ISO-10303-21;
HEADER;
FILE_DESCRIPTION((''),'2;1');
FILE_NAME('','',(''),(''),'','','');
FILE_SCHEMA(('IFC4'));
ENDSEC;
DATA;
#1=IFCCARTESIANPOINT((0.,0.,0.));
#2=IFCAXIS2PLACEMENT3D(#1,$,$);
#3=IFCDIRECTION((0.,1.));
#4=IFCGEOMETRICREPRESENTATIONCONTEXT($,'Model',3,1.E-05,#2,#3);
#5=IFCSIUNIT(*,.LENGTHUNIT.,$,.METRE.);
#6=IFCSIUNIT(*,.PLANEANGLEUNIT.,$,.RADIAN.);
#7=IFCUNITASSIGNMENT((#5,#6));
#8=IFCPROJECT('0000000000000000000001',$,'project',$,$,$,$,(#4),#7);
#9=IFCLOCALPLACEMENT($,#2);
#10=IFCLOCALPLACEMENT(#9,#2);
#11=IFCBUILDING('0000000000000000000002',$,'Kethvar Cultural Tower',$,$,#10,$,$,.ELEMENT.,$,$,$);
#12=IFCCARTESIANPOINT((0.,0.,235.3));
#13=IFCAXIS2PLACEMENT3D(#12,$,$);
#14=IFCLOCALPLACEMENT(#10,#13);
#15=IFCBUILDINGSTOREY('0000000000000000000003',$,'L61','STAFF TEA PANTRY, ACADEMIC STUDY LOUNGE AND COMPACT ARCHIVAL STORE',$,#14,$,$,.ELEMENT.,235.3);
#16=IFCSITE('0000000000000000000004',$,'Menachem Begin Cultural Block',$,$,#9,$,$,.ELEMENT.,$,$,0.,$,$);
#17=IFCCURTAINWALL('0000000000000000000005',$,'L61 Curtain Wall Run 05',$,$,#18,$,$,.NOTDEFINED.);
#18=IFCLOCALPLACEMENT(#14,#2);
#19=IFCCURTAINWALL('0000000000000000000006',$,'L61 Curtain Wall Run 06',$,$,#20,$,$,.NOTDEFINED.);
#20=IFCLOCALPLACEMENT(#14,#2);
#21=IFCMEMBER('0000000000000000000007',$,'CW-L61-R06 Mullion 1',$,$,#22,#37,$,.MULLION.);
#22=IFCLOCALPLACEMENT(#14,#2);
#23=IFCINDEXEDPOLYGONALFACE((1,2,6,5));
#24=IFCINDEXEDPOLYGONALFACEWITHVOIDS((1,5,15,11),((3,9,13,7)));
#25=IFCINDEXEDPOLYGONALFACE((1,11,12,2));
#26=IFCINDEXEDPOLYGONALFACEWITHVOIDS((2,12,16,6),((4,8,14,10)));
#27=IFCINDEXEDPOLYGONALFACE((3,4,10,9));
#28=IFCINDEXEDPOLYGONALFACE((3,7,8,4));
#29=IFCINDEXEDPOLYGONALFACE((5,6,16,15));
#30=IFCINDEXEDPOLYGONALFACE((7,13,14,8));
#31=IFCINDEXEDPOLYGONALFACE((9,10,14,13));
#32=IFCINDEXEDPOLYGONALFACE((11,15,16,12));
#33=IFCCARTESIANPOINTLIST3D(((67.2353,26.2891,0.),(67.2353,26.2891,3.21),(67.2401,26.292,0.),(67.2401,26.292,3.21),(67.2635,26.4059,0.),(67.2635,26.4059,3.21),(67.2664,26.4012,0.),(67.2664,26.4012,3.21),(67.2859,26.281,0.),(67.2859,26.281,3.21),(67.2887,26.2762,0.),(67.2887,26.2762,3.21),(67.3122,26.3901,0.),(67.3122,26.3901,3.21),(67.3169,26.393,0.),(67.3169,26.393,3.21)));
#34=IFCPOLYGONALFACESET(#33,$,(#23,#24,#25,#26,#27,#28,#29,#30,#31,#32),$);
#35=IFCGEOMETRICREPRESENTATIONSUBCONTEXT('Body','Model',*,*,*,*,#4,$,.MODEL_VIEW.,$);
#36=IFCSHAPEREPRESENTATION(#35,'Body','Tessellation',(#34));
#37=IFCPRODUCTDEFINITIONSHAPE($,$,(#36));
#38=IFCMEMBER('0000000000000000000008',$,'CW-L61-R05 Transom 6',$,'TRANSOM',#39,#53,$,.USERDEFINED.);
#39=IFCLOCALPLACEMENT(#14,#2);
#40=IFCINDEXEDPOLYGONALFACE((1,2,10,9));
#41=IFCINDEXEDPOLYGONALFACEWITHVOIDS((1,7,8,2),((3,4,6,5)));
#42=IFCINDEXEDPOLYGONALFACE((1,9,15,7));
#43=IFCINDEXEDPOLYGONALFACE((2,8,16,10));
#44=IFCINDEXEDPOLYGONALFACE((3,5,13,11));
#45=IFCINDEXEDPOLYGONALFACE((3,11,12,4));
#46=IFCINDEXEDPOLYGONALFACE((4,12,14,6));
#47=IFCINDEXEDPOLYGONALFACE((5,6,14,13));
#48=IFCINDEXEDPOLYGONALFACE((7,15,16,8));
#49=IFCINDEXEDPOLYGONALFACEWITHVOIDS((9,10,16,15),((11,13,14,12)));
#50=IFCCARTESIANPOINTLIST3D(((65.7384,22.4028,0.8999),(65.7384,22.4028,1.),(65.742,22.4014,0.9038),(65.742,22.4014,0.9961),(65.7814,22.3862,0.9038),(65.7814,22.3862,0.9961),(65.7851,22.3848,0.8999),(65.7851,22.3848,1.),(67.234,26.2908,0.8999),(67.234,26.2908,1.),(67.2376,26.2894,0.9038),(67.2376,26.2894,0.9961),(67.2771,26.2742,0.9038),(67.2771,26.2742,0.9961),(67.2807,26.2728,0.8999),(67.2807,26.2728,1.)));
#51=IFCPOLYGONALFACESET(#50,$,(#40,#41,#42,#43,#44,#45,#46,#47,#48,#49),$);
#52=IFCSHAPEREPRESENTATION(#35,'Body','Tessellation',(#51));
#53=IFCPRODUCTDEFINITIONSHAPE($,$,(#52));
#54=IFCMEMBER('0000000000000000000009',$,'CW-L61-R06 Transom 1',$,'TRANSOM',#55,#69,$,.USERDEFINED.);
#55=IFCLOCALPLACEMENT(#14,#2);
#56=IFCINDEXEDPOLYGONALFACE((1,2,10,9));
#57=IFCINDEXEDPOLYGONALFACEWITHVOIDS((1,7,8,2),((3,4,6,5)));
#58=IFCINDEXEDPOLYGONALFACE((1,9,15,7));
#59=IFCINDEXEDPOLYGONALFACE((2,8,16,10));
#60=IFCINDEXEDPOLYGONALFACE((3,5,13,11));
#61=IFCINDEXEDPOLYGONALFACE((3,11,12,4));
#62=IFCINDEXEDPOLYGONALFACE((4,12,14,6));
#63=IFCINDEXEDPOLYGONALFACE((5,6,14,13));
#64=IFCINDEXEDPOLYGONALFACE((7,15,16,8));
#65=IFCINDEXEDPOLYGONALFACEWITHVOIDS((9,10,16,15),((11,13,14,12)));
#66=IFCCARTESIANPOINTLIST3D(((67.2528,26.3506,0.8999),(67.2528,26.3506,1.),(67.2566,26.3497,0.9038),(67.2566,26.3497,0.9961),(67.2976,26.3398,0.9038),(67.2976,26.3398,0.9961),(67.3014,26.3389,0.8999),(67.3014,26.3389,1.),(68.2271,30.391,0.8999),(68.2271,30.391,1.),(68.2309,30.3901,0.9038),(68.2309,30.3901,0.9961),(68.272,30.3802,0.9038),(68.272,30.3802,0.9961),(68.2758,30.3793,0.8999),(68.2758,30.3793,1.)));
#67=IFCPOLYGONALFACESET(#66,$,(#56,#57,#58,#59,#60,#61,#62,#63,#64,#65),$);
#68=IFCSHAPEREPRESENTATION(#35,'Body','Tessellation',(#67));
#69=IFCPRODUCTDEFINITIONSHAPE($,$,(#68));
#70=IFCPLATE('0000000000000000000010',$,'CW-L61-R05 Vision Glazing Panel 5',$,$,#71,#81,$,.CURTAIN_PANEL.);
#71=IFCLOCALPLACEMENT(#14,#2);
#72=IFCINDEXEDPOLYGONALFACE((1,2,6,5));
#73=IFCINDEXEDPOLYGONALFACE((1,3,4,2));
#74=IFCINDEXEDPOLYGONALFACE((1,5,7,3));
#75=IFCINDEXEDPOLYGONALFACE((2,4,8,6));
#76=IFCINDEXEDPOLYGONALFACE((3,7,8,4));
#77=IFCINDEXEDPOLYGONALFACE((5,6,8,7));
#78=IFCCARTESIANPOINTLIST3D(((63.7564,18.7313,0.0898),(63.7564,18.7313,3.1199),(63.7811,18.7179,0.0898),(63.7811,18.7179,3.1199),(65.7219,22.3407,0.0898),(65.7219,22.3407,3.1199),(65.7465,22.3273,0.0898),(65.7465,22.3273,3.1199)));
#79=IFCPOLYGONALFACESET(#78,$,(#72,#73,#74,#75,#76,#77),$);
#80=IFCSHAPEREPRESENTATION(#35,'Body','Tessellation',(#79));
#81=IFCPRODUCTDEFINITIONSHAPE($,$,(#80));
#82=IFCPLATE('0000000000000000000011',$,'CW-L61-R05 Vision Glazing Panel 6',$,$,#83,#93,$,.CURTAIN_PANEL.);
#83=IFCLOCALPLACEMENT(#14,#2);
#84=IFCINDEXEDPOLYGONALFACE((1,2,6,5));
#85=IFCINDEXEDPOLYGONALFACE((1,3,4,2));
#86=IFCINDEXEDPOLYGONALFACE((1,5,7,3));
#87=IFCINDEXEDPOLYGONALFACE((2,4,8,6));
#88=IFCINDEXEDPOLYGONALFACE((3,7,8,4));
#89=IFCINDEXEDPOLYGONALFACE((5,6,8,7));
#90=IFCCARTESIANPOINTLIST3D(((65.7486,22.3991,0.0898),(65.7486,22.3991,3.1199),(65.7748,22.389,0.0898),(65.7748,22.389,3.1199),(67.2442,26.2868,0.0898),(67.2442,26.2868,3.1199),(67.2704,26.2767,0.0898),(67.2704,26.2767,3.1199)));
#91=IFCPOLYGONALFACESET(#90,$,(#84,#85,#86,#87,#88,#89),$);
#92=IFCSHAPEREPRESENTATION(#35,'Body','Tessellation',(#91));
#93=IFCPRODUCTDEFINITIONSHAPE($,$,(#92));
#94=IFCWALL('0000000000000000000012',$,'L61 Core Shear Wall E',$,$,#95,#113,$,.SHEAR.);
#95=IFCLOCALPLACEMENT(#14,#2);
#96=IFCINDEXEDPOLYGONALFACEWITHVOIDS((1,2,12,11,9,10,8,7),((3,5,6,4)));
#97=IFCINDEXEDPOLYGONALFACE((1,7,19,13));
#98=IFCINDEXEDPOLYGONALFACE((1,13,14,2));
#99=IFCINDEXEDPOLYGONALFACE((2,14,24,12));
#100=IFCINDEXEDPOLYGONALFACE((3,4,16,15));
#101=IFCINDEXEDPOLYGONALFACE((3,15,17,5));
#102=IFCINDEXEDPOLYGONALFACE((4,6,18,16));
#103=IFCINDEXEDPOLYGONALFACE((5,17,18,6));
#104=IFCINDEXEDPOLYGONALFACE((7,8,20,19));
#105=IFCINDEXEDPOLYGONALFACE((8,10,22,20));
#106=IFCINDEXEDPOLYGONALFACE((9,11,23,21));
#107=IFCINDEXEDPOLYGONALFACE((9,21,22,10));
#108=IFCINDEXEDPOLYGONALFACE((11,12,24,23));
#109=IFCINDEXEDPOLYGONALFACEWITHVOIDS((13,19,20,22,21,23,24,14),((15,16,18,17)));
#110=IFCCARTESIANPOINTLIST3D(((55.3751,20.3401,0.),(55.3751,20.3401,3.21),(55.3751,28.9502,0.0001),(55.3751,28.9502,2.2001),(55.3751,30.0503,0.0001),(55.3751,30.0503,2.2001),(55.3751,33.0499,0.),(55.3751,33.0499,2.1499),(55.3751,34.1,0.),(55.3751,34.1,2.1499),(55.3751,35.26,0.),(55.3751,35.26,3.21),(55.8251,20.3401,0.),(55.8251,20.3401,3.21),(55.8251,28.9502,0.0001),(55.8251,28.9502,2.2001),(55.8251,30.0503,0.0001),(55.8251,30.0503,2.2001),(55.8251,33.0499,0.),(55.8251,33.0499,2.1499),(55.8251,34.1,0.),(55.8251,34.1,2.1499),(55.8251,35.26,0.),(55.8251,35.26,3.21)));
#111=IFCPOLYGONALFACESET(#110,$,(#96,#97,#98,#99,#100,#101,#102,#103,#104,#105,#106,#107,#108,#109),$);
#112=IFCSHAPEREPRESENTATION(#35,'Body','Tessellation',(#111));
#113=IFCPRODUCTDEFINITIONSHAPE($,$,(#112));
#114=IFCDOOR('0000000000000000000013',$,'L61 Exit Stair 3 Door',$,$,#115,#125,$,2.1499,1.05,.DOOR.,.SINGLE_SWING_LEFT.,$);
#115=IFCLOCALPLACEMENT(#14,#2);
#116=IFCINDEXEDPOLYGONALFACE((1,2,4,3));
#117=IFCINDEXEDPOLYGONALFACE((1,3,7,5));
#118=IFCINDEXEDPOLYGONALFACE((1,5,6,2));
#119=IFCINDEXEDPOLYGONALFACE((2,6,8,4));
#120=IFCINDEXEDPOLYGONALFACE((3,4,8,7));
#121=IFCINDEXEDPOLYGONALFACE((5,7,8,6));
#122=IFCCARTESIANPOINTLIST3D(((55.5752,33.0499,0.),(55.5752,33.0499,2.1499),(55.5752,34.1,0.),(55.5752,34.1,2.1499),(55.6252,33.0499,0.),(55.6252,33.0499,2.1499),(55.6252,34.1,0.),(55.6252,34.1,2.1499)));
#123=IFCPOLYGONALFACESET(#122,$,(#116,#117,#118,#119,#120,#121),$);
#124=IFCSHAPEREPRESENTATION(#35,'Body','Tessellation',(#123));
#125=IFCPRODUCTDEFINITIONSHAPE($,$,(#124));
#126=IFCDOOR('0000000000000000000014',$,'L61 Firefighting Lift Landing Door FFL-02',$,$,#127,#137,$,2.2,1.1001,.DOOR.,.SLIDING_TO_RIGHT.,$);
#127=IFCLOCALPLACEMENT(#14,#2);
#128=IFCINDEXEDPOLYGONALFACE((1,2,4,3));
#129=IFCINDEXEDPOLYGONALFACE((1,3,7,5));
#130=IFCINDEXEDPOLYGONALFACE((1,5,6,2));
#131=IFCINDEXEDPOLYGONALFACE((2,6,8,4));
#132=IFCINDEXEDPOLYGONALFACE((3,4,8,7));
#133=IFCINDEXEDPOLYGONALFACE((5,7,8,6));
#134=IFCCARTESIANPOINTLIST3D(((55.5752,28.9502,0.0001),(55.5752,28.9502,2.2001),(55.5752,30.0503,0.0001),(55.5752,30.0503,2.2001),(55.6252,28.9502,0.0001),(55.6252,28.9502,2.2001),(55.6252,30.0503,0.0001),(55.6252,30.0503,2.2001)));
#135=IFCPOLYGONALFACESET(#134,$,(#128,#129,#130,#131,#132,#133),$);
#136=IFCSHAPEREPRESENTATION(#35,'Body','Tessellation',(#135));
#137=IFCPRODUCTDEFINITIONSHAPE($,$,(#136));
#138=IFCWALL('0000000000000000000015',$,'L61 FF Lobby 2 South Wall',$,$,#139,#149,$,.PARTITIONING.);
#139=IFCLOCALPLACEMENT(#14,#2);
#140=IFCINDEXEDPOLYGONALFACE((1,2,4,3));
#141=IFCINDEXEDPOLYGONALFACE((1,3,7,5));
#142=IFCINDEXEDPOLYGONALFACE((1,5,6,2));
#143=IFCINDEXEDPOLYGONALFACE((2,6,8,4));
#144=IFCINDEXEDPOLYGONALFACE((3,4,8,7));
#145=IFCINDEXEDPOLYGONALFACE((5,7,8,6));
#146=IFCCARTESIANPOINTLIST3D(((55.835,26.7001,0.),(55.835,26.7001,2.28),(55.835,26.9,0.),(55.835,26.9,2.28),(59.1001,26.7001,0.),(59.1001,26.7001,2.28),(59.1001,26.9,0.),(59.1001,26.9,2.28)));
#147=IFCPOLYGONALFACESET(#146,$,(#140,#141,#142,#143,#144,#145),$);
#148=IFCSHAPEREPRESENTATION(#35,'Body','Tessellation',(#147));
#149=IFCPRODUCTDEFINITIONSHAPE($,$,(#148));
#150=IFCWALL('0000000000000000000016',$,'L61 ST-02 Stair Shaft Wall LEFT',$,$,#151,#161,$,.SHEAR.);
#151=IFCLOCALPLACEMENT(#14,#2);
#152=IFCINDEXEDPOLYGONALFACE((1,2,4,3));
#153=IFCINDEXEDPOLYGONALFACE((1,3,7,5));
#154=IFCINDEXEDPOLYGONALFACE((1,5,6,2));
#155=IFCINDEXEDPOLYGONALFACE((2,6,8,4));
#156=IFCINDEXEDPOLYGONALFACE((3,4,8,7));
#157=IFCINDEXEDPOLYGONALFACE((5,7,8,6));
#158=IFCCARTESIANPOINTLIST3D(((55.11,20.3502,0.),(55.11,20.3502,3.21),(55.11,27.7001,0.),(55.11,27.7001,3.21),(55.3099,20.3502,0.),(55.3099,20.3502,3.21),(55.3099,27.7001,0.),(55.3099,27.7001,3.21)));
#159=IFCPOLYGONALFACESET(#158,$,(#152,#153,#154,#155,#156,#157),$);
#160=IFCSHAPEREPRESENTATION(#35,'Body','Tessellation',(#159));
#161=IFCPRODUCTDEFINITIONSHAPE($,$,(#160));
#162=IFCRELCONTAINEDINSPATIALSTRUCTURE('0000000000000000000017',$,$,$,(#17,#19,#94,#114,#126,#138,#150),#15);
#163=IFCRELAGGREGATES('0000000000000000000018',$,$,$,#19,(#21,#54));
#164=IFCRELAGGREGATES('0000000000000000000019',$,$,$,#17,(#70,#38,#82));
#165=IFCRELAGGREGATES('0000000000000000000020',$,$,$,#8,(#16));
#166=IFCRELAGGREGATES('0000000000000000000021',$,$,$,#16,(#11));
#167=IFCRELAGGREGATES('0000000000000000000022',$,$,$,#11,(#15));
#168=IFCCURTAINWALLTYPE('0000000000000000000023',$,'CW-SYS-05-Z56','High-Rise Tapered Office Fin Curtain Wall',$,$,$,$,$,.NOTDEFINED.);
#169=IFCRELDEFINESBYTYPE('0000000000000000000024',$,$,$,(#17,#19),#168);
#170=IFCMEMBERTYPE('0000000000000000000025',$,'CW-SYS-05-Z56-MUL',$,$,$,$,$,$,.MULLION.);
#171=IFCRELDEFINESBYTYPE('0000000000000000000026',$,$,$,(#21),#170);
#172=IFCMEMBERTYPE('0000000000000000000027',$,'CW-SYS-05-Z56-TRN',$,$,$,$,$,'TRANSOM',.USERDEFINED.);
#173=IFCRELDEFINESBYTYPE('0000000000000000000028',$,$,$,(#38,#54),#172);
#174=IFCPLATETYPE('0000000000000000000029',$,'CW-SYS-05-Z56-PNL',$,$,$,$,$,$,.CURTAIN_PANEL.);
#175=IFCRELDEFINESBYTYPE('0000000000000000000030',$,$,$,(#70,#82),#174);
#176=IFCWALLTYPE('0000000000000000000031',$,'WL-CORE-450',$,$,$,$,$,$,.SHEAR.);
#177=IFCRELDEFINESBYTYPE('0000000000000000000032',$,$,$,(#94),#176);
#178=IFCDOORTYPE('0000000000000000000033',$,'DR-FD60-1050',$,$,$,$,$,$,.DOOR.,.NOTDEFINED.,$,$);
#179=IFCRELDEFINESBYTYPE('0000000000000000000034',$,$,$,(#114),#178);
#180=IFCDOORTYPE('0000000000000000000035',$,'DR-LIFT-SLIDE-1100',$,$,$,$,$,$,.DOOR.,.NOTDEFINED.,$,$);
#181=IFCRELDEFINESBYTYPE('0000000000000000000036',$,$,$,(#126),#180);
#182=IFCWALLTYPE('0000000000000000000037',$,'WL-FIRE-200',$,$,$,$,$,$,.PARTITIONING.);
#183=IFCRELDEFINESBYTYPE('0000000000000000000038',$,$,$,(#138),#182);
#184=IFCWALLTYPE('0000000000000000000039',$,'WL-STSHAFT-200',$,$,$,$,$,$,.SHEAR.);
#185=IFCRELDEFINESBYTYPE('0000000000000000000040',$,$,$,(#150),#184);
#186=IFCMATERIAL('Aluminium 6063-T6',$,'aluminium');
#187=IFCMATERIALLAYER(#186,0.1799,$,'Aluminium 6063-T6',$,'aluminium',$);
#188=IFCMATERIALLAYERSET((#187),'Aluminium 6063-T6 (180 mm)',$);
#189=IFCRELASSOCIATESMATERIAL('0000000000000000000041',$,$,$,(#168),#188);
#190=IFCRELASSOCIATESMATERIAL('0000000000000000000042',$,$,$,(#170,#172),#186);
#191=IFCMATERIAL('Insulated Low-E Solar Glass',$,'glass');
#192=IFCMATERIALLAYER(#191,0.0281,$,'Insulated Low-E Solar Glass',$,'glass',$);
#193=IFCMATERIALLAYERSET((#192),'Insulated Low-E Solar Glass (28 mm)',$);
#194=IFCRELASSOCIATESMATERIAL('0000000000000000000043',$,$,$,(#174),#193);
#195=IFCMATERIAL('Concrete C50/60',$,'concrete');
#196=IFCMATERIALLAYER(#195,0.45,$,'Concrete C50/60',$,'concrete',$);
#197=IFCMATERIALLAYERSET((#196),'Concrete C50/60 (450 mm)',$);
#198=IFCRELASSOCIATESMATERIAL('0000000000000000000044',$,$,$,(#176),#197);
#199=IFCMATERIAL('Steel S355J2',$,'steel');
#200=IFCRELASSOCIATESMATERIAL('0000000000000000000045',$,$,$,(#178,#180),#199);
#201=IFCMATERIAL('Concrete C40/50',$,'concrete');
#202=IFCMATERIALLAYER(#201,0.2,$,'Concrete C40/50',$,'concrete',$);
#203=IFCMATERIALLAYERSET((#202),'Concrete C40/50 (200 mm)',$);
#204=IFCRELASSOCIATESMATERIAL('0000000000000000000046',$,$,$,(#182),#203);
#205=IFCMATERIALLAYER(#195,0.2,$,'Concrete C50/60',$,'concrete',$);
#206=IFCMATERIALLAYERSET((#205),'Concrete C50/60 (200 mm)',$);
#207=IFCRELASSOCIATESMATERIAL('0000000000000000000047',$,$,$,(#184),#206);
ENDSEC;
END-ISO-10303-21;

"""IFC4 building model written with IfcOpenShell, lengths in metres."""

from ifc_helpers import new_model, si_unit, direction, frame, frame_2d, origin, origin_2d, place, context, subcontext, project, spatial, rectangle, hollow_rectangle, extrude, source, transform, mapped, material, layer, layer_set, material_profile, profile_set, type_object, element, fill, aggregate, save


model = new_model("IFC4")

# Units and contexts
model_context = context("Model", 3, precision=1e-05, world=origin(), true_north=direction((0.0, 1.0)))
body_context = subcontext(model_context, "Body", "Model", "MODEL_VIEW")
ifc_project = project(units=[si_unit("LENGTHUNIT", "METRE"), si_unit("PLANEANGLEUNIT", "RADIAN")], contexts=[model_context])

# Site, building, storey
site_placement = place(None, origin())
site = spatial("IfcSite", under=ifc_project, at=site_placement, Name="Menachem Begin Cultural Block", CompositionType="ELEMENT", RefElevation=0.0)
building_placement = place(site_placement, origin())
building = spatial("IfcBuilding", under=site, at=building_placement, Name="Kethvar Cultural Tower", CompositionType="ELEMENT")
storey_placement = place(building_placement, frame((0.0, 0.0, 235.3)))
storey = spatial("IfcBuildingStorey", under=building, at=storey_placement, Name="L61", Description="STAFF TEA PANTRY, ACADEMIC STUDY LOUNGE AND COMPACT ARCHIVAL STORE", CompositionType="ELEMENT", Elevation=235.3)

# Shared definitions
ifc_material_1 = material(Name="Steel S355J2", Category="steel")

# Curtain wall
ifc_material_2 = material(Name="Aluminium 6063-T6", Category="aluminium")
ifc_layer_1 = layer(ifc_material_2, 0.1799, Name="Aluminium 6063-T6", Category="aluminium")
ifc_layer_set_1 = layer_set([ifc_layer_1], Name="Aluminium 6063-T6 (180 mm)")
curtain_wall_type = type_object("IfcCurtainWallType", Name="CW-SYS-05-Z56", Description="High-Rise Tapered Office Fin Curtain Wall", PredefinedType="NOTDEFINED", material=ifc_layer_set_1)
curtain_wall_1_placement = place(storey_placement, origin())
curtain_wall_1 = element("IfcCurtainWall", 1, at=curtain_wall_1_placement, inside=storey, type_object=curtain_wall_type, Name="L61 Curtain Wall Run 05", PredefinedType="NOTDEFINED")
ifc_material_profile_1 = material_profile(ifc_material_2, hollow_rectangle(XDim=0.0549, YDim=0.1201, WallThickness=0.0039, at=origin_2d()), Name="Aluminium 6063-T6 — RHS120x55x4")
ifc_profile_set_1 = profile_set([ifc_material_profile_1], Name="Aluminium 6063-T6 — RHS120x55x4")
member_type_1 = type_object("IfcMemberType", Name="CW-SYS-05-Z56-MUL", PredefinedType="MULLION", material=ifc_profile_set_1)
shared_shape_1 = source(origin(), body_context, "Body", "SweptSolid", [
    extrude(hollow_rectangle(XDim=0.0549, YDim=0.1201, WallThickness=0.0039, at=origin_2d()), origin(), (0.0, 0.0, 1.0), 3.21),
])

# Curtain wall, member
curtain_wall_2_placement = place(storey_placement, origin())
curtain_wall_2 = element("IfcCurtainWall", 2, at=curtain_wall_2_placement, inside=storey, type_object=curtain_wall_type, Name="L61 Curtain Wall Run 06", PredefinedType="NOTDEFINED")
member_1_placement = place(storey_placement, frame((67.2761, 26.3411, 0.0), z_axis=(0.0, 0.0, 1.0), x_axis=(-0.972129, 0.234447, 0.0)))
member_1 = element("IfcMember", 3, at=member_1_placement, type_object=member_type_1, Name="CW-L61-R06 Mullion 1", PredefinedType="MULLION", context=body_context, shape_type="MappedRepresentation", body=[
    mapped(shared_shape_1, transform((0.0, 0.0, 0.0), scale=1.0)),
])

# Members
ifc_material_profile_2 = material_profile(ifc_material_2, hollow_rectangle(XDim=0.05, YDim=0.1001, WallThickness=0.0039, at=origin_2d()), Name="Aluminium 6063-T6 — RHS100x50x4")
ifc_profile_set_2 = profile_set([ifc_material_profile_2], Name="Aluminium 6063-T6 — RHS100x50x4")
member_type_2 = type_object("IfcMemberType", Name="CW-SYS-05-Z56-TRN", ElementType="TRANSOM", PredefinedType="USERDEFINED", material=ifc_profile_set_2)
shared_shape_2 = source(origin(), body_context, "Body", "SweptSolid", [
    extrude(hollow_rectangle(XDim=0.05, YDim=0.1001, WallThickness=0.0039, at=origin_2d()), origin(), (0.0, 0.0, 1.0), 4.1658),
])
member_2_placement = place(storey_placement, frame((65.7617, 22.3938, 0.95), z_axis=(0.35903, 0.933326, 0.0), x_axis=(-0.933326, 0.35903, 0.0)))
member_2 = element("IfcMember", 4, at=member_2_placement, type_object=member_type_2, Name="CW-L61-R05 Transom 6", ObjectType="TRANSOM", PredefinedType="USERDEFINED", context=body_context, shape_type="MappedRepresentation", body=[
    mapped(shared_shape_2, transform((0.0, 0.0, 0.0), scale=1.0)),
])
shared_shape_3 = source(origin(), body_context, "Body", "SweptSolid", [
    extrude(hollow_rectangle(XDim=0.05, YDim=0.1001, WallThickness=0.0039, at=origin_2d()), origin(), (0.0, 0.0, 1.0), 4.1562),
])
member_3_placement = place(storey_placement, frame((67.2771, 26.3447, 0.95), z_axis=(0.234428, 0.972133, 0.0), x_axis=(-0.972133, 0.234428, 0.0)))
member_3 = element("IfcMember", 5, at=member_3_placement, type_object=member_type_2, Name="CW-L61-R06 Transom 1", ObjectType="TRANSOM", PredefinedType="USERDEFINED", context=body_context, shape_type="MappedRepresentation", body=[
    mapped(shared_shape_3, transform((0.0, 0.0, 0.0), scale=1.0)),
])
aggregate(curtain_wall_2, [member_1, member_3])

# Plates
ifc_material_3 = material(Name="Insulated Low-E Solar Glass", Category="glass")
ifc_layer_2 = layer(ifc_material_3, 0.0281, Name="Insulated Low-E Solar Glass", Category="glass")
ifc_layer_set_2 = layer_set([ifc_layer_2], Name="Insulated Low-E Solar Glass (28 mm)")
plate_type = type_object("IfcPlateType", Name="CW-SYS-05-Z56-PNL", PredefinedType="CURTAIN_PANEL", material=ifc_layer_set_2)
shared_shape_4 = source(origin(), body_context, "Body", "SweptSolid", [
    extrude(rectangle(XDim=4.1099, YDim=0.0281, at=origin_2d()), origin(), (0.0, 0.0, 1.0), 3.03),
])
plate_1_placement = place(storey_placement, frame((64.7515, 20.5293, 0.0898), z_axis=(0.0, 0.0, 1.0), x_axis=(0.478232, 0.878233, 0.0)))
plate_1 = element("IfcPlate", 6, at=plate_1_placement, type_object=plate_type, Name="CW-L61-R05 Vision Glazing Panel 5", PredefinedType="CURTAIN_PANEL", context=body_context, shape_type="MappedRepresentation", body=[
    mapped(shared_shape_4, transform((0.0, 0.0, 0.0), scale=1.0)),
])
shared_shape_5 = source(origin(), body_context, "Body", "SweptSolid", [
    extrude(rectangle(XDim=4.1655, YDim=0.0281, at=origin_2d()), origin(), (0.0, 0.0, 1.0), 3.03),
])
plate_2_placement = place(storey_placement, frame((66.5095, 24.3379, 0.0898), z_axis=(0.0, 0.0, 1.0), x_axis=(0.359052, 0.933317, 0.0)))
plate_2 = element("IfcPlate", 7, at=plate_2_placement, type_object=plate_type, Name="CW-L61-R05 Vision Glazing Panel 6", PredefinedType="CURTAIN_PANEL", context=body_context, shape_type="MappedRepresentation", body=[
    mapped(shared_shape_5, transform((0.0, 0.0, 0.0), scale=1.0)),
])
aggregate(curtain_wall_1, [plate_1, member_2, plate_2])

# Wall, openings, doors
ifc_material_4 = material(Name="Concrete C50/60", Category="concrete")
ifc_layer_3 = layer(ifc_material_4, 0.45, Name="Concrete C50/60", Category="concrete")
ifc_layer_set_3 = layer_set([ifc_layer_3], Name="Concrete C50/60 (450 mm)")
wall_type_1 = type_object("IfcWallType", Name="WL-CORE-450", PredefinedType="SHEAR", material=ifc_layer_set_3)
wall_1_placement = place(storey_placement, frame((55.6001, 20.3401, 0.0), z_axis=(0.0, 0.0, 1.0), x_axis=(0.0, 1.0, 0.0)))
wall_1 = element("IfcWall", 8, at=wall_1_placement, inside=storey, type_object=wall_type_1, Name="L61 Core Shear Wall E", PredefinedType="SHEAR", context=body_context, shape_type="SweptSolid", body=[
    extrude(rectangle(XDim=14.9199, YDim=0.45, at=frame_2d((7.46, 0.0))), origin(), (0.0, 0.0, 1.0), 3.21),
])
opening_1_placement = place(wall_1_placement, frame((12.71, 0.0, 0.0)))
opening_1 = element("IfcOpeningElement", 9, at=opening_1_placement, cuts=wall_1, PredefinedType="OPENING", context=body_context, shape_type="SweptSolid", body=[
    extrude(rectangle(XDim=1.05, YDim=2.1499, at=frame_2d((0.5249, 1.075))), frame((0.0, 0.2349, 0.0), z_axis=(0.0, -1.0, 0.0), x_axis=(1.0, 0.0, 0.0)), (0.0, 0.0, 1.0), 0.47),
])
opening_2_placement = place(wall_1_placement, frame((8.6101, 0.0, 0.0)))
opening_2 = element("IfcOpeningElement", 10, at=opening_2_placement, cuts=wall_1, PredefinedType="OPENING", context=body_context, shape_type="SweptSolid", body=[
    extrude(rectangle(XDim=1.1001, YDim=2.2, at=frame_2d((0.55, 1.1001))), frame((0.0, 0.2349, 0.0), z_axis=(0.0, -1.0, 0.0), x_axis=(1.0, 0.0, 0.0)), (0.0, 0.0, 1.0), 0.47),
])
door_type_1 = type_object("IfcDoorType", Name="DR-FD60-1050", OperationType="NOTDEFINED", PredefinedType="DOOR", material=ifc_material_1)
shared_shape_6 = source(origin(), body_context, "Body", "SweptSolid", [
    extrude(rectangle(XDim=1.05, YDim=2.1499, at=frame_2d((0.5249, 1.075))), frame((0.0, 0.0249, 0.0), z_axis=(0.0, -1.0, 0.0), x_axis=(1.0, 0.0, 0.0)), (0.0, 0.0, 1.0), 0.05),
])
door_1_placement = place(opening_1_placement, origin())
door_1 = element("IfcDoor", 11, at=door_1_placement, inside=storey, type_object=door_type_1, Name="L61 Exit Stair 3 Door", OperationType="SINGLE_SWING_LEFT", OverallHeight=2.1499, OverallWidth=1.05, PredefinedType="DOOR", context=body_context, shape_type="MappedRepresentation", body=[
    mapped(shared_shape_6, transform((0.0, 0.0, 0.0), scale=1.0)),
])
fill(opening_1, door_1)
door_type_2 = type_object("IfcDoorType", Name="DR-LIFT-SLIDE-1100", OperationType="NOTDEFINED", PredefinedType="DOOR", material=ifc_material_1)
shared_shape_7 = source(origin(), body_context, "Body", "SweptSolid", [
    extrude(rectangle(XDim=1.1001, YDim=2.2, at=frame_2d((0.55, 1.1001))), frame((0.0, 0.0249, 0.0), z_axis=(0.0, -1.0, 0.0), x_axis=(1.0, 0.0, 0.0)), (0.0, 0.0, 1.0), 0.05),
])
door_2_placement = place(opening_2_placement, origin())
door_2 = element("IfcDoor", 12, at=door_2_placement, inside=storey, type_object=door_type_2, Name="L61 Firefighting Lift Landing Door FFL-02", OperationType="SLIDING_TO_RIGHT", OverallHeight=2.2, OverallWidth=1.1001, PredefinedType="DOOR", context=body_context, shape_type="MappedRepresentation", body=[
    mapped(shared_shape_7, transform((0.0, 0.0, 0.0), scale=1.0)),
])
fill(opening_2, door_2)

# Shared definitions
ifc_material_5 = material(Name="Concrete C40/50", Category="concrete")
ifc_layer_4 = layer(ifc_material_5, 0.2, Name="Concrete C40/50", Category="concrete")
ifc_layer_set_4 = layer_set([ifc_layer_4], Name="Concrete C40/50 (200 mm)")
wall_type_2 = type_object("IfcWallType", Name="WL-FIRE-200", PredefinedType="PARTITIONING", material=ifc_layer_set_4)

# Walls
wall_2_placement = place(storey_placement, frame((55.835, 26.8, 0.0), z_axis=(0.0, 0.0, 1.0), x_axis=(1.0, 0.0, 0.0)))
element("IfcWall", 13, at=wall_2_placement, inside=storey, type_object=wall_type_2, Name="L61 FF Lobby 2 South Wall", PredefinedType="PARTITIONING", context=body_context, shape_type="SweptSolid", body=[
    extrude(rectangle(XDim=3.2651, YDim=0.2, at=frame_2d((1.6326, 0.0))), origin(), (0.0, 0.0, 1.0), 2.28),
])
ifc_layer_5 = layer(ifc_material_4, 0.2, Name="Concrete C50/60", Category="concrete")
ifc_layer_set_5 = layer_set([ifc_layer_5], Name="Concrete C50/60 (200 mm)")
wall_type_3 = type_object("IfcWallType", Name="WL-STSHAFT-200", PredefinedType="SHEAR", material=ifc_layer_set_5)
wall_3_placement = place(storey_placement, frame((55.21, 27.7, 0.0), z_axis=(0.0, 0.0, 1.0), x_axis=(0.0, -1.0, 0.0)))
element("IfcWall", 14, at=wall_3_placement, inside=storey, type_object=wall_type_3, Name="L61 ST-02 Stair Shaft Wall LEFT", PredefinedType="SHEAR", context=body_context, shape_type="SweptSolid", body=[
    extrude(rectangle(XDim=7.3499, YDim=0.2, at=frame_2d((3.6748, 0.0))), origin(), (0.0, 0.0, 1.0), 3.21),
])

save(model, "model.ifc")
